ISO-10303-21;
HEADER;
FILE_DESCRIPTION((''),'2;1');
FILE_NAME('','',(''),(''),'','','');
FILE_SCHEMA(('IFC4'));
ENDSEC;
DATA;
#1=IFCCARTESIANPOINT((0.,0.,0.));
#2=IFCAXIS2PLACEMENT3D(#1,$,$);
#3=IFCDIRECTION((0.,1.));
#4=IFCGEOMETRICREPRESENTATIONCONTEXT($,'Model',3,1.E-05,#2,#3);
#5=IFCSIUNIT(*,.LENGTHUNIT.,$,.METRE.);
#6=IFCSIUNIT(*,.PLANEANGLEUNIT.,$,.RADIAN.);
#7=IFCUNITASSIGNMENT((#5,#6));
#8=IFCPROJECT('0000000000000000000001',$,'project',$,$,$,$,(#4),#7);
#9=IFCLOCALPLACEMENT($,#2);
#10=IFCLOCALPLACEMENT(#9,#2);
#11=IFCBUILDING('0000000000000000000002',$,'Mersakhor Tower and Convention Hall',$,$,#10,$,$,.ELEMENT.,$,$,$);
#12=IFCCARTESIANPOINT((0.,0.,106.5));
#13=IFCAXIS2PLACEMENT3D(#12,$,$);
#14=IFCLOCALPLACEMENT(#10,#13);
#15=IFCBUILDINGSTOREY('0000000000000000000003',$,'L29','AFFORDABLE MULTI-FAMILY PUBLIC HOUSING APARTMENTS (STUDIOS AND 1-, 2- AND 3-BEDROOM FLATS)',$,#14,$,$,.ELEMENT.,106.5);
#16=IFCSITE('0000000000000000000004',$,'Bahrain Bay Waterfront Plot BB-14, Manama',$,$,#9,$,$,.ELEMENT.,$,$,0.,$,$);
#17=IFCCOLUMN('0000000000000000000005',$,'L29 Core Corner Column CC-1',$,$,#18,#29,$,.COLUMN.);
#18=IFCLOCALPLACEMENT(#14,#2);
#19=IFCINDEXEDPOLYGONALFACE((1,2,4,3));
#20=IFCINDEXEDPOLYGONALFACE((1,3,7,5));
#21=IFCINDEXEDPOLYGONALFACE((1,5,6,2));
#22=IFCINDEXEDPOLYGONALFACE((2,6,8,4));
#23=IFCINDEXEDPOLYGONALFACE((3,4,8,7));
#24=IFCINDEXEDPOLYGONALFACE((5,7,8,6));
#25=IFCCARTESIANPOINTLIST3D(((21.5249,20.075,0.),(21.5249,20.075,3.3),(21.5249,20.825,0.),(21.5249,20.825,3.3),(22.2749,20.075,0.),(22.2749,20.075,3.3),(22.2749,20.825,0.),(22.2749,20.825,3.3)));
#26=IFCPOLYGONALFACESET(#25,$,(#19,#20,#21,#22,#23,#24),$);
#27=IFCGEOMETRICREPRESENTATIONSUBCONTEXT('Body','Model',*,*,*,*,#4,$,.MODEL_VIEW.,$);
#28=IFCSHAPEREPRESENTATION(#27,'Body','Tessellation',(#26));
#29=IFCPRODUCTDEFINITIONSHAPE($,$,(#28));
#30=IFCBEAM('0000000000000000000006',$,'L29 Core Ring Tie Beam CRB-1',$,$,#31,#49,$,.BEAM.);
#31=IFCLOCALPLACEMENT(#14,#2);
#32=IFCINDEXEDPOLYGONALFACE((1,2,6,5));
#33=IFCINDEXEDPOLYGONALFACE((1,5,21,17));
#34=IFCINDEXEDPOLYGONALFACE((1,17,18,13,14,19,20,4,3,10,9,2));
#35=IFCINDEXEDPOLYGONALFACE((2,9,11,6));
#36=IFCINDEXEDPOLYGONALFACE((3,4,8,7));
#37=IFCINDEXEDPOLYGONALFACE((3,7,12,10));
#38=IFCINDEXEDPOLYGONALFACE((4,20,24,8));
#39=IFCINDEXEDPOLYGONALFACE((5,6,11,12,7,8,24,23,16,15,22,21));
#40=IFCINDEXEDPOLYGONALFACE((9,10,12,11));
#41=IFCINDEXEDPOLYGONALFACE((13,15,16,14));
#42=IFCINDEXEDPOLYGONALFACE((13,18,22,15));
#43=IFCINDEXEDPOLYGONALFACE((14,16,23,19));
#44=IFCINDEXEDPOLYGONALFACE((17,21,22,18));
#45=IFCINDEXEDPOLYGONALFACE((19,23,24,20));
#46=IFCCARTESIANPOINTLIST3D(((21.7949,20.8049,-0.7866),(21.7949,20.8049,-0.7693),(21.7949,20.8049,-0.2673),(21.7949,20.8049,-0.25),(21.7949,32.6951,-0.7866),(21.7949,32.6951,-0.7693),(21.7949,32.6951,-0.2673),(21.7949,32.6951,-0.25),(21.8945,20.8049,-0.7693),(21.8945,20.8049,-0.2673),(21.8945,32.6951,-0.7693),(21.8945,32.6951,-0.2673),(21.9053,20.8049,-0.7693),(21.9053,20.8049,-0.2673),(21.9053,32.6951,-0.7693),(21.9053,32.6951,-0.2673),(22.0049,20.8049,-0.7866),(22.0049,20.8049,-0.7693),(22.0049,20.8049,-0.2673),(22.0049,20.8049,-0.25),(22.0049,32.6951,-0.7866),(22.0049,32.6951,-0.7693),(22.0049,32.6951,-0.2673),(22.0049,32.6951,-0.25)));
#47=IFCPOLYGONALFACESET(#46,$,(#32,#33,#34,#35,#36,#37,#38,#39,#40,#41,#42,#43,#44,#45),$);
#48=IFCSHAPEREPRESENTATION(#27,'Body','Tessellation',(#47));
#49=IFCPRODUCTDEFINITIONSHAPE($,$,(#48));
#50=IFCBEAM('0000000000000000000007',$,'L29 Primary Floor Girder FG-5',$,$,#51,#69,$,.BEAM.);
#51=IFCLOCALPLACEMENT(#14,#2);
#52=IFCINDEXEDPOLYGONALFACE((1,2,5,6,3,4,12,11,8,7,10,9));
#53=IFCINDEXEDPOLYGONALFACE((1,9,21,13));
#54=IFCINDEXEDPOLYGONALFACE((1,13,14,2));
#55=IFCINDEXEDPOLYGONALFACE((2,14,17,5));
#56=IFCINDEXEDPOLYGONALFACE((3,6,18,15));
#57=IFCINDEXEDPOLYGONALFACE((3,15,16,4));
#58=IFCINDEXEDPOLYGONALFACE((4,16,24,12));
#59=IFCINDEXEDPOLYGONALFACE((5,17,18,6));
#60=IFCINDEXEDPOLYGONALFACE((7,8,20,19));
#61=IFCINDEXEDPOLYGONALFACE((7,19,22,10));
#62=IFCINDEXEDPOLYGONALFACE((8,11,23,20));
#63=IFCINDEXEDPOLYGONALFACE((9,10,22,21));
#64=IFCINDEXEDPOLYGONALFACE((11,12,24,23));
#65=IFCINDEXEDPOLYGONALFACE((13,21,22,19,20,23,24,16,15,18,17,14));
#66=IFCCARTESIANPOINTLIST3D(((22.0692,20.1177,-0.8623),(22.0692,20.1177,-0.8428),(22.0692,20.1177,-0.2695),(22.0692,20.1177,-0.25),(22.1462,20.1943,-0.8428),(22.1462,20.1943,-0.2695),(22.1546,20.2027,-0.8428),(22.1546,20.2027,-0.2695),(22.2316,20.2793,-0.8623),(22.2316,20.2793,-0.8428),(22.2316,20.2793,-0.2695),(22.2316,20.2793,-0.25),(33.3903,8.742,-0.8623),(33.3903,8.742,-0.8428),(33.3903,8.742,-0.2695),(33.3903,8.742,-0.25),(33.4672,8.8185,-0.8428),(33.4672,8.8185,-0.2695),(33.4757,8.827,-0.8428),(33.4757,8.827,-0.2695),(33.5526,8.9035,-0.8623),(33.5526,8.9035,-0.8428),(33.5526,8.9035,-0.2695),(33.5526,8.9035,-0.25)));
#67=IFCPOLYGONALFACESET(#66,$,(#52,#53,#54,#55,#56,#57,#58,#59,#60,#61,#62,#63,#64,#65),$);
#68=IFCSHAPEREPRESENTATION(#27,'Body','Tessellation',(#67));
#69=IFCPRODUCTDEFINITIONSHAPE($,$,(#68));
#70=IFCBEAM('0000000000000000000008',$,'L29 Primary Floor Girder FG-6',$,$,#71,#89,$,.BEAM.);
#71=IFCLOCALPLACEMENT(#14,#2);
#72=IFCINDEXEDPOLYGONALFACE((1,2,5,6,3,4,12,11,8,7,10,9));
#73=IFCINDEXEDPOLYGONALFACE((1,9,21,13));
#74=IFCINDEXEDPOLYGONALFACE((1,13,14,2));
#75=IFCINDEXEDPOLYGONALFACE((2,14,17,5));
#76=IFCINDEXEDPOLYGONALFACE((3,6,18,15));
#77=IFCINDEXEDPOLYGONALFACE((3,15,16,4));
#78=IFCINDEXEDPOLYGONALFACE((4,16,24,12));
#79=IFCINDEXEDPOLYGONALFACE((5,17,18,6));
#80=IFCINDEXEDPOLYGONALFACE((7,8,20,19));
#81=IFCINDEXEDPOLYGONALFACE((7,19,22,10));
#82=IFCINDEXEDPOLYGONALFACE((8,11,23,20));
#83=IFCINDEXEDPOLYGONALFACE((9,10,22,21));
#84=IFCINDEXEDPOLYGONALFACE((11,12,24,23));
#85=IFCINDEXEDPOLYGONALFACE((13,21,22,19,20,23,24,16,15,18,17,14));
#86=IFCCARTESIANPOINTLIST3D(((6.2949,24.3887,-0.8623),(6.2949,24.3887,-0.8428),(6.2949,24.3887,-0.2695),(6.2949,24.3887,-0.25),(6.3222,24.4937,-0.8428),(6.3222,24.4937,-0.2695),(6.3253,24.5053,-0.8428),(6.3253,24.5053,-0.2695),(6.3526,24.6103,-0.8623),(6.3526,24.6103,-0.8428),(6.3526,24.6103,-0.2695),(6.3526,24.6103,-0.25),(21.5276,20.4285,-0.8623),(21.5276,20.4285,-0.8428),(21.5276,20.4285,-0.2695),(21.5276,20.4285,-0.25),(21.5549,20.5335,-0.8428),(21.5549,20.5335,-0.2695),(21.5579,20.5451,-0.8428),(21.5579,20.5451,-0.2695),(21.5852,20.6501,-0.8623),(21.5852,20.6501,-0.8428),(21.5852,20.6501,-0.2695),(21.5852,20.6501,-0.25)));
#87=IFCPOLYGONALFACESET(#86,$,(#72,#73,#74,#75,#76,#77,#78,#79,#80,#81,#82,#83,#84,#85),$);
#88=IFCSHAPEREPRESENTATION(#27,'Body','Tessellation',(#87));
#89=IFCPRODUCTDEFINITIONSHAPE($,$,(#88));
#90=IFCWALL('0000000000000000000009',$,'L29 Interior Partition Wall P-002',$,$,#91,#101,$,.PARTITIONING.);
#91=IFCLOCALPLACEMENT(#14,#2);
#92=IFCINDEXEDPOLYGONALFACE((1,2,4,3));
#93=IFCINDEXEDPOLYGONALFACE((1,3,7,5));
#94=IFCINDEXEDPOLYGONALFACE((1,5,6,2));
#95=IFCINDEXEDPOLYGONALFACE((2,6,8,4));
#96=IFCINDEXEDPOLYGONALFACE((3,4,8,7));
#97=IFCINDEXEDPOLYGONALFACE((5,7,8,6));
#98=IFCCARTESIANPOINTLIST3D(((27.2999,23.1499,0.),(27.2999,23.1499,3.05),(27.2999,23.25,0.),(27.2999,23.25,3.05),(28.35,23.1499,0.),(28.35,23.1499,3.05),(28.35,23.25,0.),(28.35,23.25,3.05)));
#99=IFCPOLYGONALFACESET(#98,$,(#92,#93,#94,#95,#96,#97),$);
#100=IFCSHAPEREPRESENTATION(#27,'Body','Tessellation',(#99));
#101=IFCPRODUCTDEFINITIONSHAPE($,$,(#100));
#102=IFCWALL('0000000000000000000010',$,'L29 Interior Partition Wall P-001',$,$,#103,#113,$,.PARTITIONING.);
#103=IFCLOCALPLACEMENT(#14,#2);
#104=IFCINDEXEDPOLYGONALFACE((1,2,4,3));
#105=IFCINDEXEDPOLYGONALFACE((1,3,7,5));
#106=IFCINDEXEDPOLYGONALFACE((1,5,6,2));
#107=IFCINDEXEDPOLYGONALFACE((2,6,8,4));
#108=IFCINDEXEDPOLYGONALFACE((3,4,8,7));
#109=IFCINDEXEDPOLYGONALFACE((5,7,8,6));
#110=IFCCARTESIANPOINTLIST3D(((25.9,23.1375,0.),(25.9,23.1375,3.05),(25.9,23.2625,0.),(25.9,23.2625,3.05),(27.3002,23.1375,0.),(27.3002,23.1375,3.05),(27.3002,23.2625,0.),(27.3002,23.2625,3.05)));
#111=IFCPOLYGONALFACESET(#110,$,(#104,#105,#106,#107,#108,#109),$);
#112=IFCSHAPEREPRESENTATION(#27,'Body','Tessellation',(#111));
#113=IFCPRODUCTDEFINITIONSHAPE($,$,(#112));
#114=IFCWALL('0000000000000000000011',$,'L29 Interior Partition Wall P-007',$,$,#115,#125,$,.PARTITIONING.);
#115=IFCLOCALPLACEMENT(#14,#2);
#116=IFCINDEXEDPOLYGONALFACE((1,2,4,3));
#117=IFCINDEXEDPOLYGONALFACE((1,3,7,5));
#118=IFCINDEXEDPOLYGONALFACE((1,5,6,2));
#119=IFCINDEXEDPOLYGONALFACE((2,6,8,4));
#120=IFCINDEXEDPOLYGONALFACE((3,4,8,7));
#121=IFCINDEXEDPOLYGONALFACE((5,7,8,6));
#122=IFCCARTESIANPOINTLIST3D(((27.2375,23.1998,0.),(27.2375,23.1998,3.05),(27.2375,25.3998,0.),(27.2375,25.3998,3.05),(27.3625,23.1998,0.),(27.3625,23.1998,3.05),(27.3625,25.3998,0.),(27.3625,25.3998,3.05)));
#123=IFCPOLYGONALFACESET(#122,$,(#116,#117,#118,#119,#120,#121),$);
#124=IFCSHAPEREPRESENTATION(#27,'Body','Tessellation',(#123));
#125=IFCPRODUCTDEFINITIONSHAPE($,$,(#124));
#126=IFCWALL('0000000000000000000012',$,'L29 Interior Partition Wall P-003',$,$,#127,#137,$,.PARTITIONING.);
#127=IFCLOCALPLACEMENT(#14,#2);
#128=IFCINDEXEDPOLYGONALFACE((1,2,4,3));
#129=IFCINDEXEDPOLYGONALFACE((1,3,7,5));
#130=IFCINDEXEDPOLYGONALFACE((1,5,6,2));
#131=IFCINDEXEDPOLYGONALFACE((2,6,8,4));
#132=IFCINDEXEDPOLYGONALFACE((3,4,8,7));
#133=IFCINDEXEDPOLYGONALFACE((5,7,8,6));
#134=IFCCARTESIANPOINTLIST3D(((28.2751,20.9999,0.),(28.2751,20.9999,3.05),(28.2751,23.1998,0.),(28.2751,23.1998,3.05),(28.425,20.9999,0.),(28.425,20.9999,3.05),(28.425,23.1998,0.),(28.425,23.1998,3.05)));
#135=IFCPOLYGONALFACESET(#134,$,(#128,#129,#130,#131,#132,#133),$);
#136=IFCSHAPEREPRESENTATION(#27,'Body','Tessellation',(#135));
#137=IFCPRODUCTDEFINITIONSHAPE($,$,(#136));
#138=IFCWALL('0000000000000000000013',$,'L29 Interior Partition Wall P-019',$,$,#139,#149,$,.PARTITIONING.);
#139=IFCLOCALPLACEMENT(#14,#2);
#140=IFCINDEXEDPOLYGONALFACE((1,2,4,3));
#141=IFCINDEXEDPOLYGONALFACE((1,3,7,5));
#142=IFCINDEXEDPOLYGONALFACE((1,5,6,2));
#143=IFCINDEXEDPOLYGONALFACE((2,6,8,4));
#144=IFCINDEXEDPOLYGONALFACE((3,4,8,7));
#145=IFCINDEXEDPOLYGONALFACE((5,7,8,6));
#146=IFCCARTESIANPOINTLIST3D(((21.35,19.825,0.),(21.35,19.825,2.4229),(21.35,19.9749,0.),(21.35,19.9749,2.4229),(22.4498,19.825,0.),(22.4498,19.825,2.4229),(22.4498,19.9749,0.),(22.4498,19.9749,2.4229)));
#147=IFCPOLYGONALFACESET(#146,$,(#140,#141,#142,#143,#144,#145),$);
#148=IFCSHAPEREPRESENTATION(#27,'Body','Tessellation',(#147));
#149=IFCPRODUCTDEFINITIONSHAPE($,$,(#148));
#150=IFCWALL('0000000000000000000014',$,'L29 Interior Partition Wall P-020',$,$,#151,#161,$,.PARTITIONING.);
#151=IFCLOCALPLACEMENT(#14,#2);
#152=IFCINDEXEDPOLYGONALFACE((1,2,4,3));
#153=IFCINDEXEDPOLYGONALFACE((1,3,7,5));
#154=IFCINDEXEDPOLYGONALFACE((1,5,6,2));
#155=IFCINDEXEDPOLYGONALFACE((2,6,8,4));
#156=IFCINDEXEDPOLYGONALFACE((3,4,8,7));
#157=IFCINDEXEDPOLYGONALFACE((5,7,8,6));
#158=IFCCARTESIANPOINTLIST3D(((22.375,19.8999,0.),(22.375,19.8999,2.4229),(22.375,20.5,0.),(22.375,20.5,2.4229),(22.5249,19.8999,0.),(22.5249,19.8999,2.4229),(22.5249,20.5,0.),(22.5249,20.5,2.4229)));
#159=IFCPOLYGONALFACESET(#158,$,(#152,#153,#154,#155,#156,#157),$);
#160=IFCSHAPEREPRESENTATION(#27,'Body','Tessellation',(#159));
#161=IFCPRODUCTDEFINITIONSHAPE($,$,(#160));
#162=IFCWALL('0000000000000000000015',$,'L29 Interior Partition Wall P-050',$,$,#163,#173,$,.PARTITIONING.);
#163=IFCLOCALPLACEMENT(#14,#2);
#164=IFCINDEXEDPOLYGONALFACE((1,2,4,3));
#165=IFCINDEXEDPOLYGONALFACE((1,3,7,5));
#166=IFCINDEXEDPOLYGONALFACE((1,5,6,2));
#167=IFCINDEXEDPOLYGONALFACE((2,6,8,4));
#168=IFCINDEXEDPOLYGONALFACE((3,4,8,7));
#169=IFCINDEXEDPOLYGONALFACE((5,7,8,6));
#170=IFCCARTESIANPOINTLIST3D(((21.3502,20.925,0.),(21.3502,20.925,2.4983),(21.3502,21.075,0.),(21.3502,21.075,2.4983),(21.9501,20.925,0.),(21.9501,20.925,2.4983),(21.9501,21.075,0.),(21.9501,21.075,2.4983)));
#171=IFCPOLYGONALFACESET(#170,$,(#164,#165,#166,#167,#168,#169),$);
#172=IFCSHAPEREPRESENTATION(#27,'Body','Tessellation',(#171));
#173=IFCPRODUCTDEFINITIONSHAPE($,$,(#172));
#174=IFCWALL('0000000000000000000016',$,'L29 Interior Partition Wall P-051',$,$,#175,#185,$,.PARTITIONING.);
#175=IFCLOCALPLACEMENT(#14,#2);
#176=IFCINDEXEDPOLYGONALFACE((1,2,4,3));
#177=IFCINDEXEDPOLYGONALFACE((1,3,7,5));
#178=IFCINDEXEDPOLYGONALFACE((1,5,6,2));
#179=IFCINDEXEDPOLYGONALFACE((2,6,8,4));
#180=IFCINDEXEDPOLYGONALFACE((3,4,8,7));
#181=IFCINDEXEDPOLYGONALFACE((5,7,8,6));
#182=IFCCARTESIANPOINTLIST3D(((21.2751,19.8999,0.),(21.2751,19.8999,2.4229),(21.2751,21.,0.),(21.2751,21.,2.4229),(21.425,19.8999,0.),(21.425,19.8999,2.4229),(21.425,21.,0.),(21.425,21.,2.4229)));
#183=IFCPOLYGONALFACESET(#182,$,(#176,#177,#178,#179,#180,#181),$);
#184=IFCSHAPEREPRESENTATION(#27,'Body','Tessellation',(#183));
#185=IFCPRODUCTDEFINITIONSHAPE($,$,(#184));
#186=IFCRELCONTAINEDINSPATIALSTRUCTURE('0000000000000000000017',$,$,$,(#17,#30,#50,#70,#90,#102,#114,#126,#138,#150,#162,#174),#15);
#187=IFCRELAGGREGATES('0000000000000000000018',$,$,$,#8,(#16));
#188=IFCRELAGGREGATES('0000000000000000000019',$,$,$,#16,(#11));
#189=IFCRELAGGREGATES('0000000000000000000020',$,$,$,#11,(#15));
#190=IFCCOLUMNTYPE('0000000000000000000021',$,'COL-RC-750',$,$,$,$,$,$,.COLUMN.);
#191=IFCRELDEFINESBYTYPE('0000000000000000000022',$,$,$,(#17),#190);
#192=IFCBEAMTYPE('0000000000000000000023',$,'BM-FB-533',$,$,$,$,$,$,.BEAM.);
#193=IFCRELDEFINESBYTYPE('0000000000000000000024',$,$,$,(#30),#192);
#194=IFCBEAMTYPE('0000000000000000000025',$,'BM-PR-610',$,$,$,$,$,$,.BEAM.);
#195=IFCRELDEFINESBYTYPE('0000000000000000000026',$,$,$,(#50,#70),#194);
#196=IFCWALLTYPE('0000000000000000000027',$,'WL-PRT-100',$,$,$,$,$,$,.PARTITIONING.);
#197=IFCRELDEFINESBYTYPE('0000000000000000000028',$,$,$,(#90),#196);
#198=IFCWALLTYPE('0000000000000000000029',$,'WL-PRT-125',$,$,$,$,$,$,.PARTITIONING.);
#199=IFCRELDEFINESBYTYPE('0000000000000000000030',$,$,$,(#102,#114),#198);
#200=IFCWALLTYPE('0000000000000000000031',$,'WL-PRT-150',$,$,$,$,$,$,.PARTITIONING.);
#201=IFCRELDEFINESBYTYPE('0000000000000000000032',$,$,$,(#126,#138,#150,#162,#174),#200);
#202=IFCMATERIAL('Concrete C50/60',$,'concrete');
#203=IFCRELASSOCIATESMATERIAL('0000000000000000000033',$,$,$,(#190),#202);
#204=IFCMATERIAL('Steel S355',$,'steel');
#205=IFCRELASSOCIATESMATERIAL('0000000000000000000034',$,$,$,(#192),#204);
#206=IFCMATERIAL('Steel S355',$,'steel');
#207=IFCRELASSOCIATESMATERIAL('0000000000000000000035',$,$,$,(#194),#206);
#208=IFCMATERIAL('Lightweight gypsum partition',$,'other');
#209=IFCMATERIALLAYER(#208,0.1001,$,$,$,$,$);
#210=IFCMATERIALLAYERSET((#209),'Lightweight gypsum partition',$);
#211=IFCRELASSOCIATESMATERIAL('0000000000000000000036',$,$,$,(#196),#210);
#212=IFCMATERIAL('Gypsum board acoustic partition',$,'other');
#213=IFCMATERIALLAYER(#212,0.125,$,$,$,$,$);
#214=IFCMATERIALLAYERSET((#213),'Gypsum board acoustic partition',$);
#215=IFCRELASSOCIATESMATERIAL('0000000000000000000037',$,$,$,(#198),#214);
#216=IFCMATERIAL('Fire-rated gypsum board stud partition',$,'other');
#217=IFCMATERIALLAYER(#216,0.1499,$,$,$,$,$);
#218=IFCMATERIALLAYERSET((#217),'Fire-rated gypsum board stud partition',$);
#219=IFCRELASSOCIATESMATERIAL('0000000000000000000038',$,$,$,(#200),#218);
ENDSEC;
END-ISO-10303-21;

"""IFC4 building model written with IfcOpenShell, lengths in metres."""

from ifc_helpers import new_model, si_unit, direction, frame, frame_2d, origin, origin_2d, place, context, subcontext, project, spatial, rectangle, i_section, extrude, material, layer, layer_set, material_profile, profile_set, type_object, element, save


model = new_model("IFC4")

# Units and contexts
model_context = context("Model", 3, precision=1e-05, world=origin(), true_north=direction((0.0, 1.0)))
body_context = subcontext(model_context, "Body", "Model", "MODEL_VIEW")
ifc_project = project(units=[si_unit("LENGTHUNIT", "METRE"), si_unit("PLANEANGLEUNIT", "RADIAN")], contexts=[model_context])

# Site, building, storey
site_placement = place(None, origin())
site = spatial("IfcSite", under=ifc_project, at=site_placement, Name="Bahrain Bay Waterfront Plot BB-14, Manama", CompositionType="ELEMENT", RefElevation=0.0)
building_placement = place(site_placement, origin())
building = spatial("IfcBuilding", under=site, at=building_placement, Name="Mersakhor Tower and Convention Hall", CompositionType="ELEMENT")
storey_placement = place(building_placement, frame((0.0, 0.0, 106.5)))
storey = spatial("IfcBuildingStorey", under=building, at=storey_placement, Name="L29", Description="AFFORDABLE MULTI-FAMILY PUBLIC HOUSING APARTMENTS (STUDIOS AND 1-, 2- AND 3-BEDROOM FLATS)", CompositionType="ELEMENT", Elevation=106.5)

# Column
ifc_material_1 = material(Name="Concrete C50/60", Category="concrete")
ifc_material_profile_1 = material_profile(ifc_material_1, rectangle(XDim=0.75, YDim=0.75, at=origin_2d()), Name="RC 750x750")
ifc_profile_set_1 = profile_set([ifc_material_profile_1], Name="Concrete C50/60")
column_type = type_object("IfcColumnType", Name="COL-RC-750", PredefinedType="COLUMN", material=ifc_profile_set_1)
column_placement = place(storey_placement, frame((21.8999, 20.45, 0.0), z_axis=(0.0, 0.0, 1.0), x_axis=(1.0, 0.0, 0.0)))
element("IfcColumn", 1, at=column_placement, inside=storey, type_object=column_type, Name="L29 Core Corner Column CC-1", PredefinedType="COLUMN", context=body_context, shape_type="SweptSolid", body=[
    extrude(rectangle(XDim=0.75, YDim=0.75, at=origin_2d()), origin(), (0.0, 0.0, 1.0), 3.3),
])

# Beams
ifc_material_2 = material(Name="Steel S355", Category="steel")
ifc_material_profile_2 = material_profile(ifc_material_2, i_section(OverallWidth=0.21, OverallDepth=0.5366, WebThickness=0.0107, FlangeThickness=0.0173, at=origin_2d()), Name="UB 533x210x101")
ifc_profile_set_2 = profile_set([ifc_material_profile_2], Name="Steel S355")
beam_type_1 = type_object("IfcBeamType", Name="BM-FB-533", PredefinedType="BEAM", material=ifc_profile_set_2)
beam_1_placement = place(storey_placement, frame((21.8999, 20.8049, -0.5183), z_axis=(0.0, 1.0, 0.0), x_axis=(-1.0, 0.0, 0.0)))
element("IfcBeam", 2, at=beam_1_placement, inside=storey, type_object=beam_type_1, Name="L29 Core Ring Tie Beam CRB-1", PredefinedType="BEAM", context=body_context, shape_type="SweptSolid", body=[
    extrude(i_section(OverallWidth=0.21, OverallDepth=0.5366, WebThickness=0.0107, FlangeThickness=0.0173, at=origin_2d()), origin(), (0.0, 0.0, 1.0), 11.8901),
])
ifc_material_3 = material(Name="Steel S355", Category="steel")
ifc_material_profile_3 = material_profile(ifc_material_3, i_section(OverallWidth=0.229, OverallDepth=0.6123, WebThickness=0.012, FlangeThickness=0.0195, at=origin_2d()), Name="UB 610x229x125")
ifc_profile_set_3 = profile_set([ifc_material_profile_3], Name="Steel S355")
beam_type_2 = type_object("IfcBeamType", Name="BM-PR-610", PredefinedType="BEAM", material=ifc_profile_set_3)
beam_2_placement = place(storey_placement, frame((22.1504, 20.1985, -0.5562), z_axis=(0.705401, -0.708808, 0.0), x_axis=(0.708808, 0.705401, 0.0)))
element("IfcBeam", 3, at=beam_2_placement, inside=storey, type_object=beam_type_2, Name="L29 Primary Floor Girder FG-5", PredefinedType="BEAM", context=body_context, shape_type="SweptSolid", body=[
    extrude(i_section(OverallWidth=0.229, OverallDepth=0.6123, WebThickness=0.012, FlangeThickness=0.0195, at=origin_2d()), origin(), (0.0, 0.0, 1.0), 16.0491),
])
beam_3_placement = place(storey_placement, frame((21.5564, 20.5393, -0.5562), z_axis=(-0.967827, 0.251617, 0.0), x_axis=(-0.251617, -0.967827, 0.0)))
element("IfcBeam", 4, at=beam_3_placement, inside=storey, type_object=beam_type_2, Name="L29 Primary Floor Girder FG-6", PredefinedType="BEAM", context=body_context, shape_type="SweptSolid", body=[
    extrude(i_section(OverallWidth=0.229, OverallDepth=0.6123, WebThickness=0.012, FlangeThickness=0.0195, at=origin_2d()), origin(), (0.0, 0.0, 1.0), 15.739),
])

# Walls
ifc_material_4 = material(Name="Lightweight gypsum partition", Category="other")
ifc_layer_1 = layer(ifc_material_4, 0.1001)
ifc_layer_set_1 = layer_set([ifc_layer_1], Name="Lightweight gypsum partition")
wall_type_1 = type_object("IfcWallType", Name="WL-PRT-100", PredefinedType="PARTITIONING", material=ifc_layer_set_1)
wall_1_placement = place(storey_placement, frame((27.3, 23.2, 0.0), z_axis=(0.0, 0.0, 1.0), x_axis=(1.0, 0.0, 0.0)))
element("IfcWall", 5, at=wall_1_placement, inside=storey, type_object=wall_type_1, Name="L29 Interior Partition Wall P-002", PredefinedType="PARTITIONING", context=body_context, shape_type="SweptSolid", body=[
    extrude(rectangle(XDim=1.05, YDim=0.1001, at=frame_2d((0.5249, 0.0))), origin(), (0.0, 0.0, 1.0), 3.05),
])
ifc_material_5 = material(Name="Gypsum board acoustic partition", Category="other")
ifc_layer_2 = layer(ifc_material_5, 0.125)
ifc_layer_set_2 = layer_set([ifc_layer_2], Name="Gypsum board acoustic partition")
wall_type_2 = type_object("IfcWallType", Name="WL-PRT-125", PredefinedType="PARTITIONING", material=ifc_layer_set_2)
wall_2_placement = place(storey_placement, frame((25.8999, 23.2, 0.0), z_axis=(0.0, 0.0, 1.0), x_axis=(1.0, 0.0, 0.0)))
element("IfcWall", 6, at=wall_2_placement, inside=storey, type_object=wall_type_2, Name="L29 Interior Partition Wall P-001", PredefinedType="PARTITIONING", context=body_context, shape_type="SweptSolid", body=[
    extrude(rectangle(XDim=1.4001, YDim=0.125, at=frame_2d((0.7002, 0.0))), origin(), (0.0, 0.0, 1.0), 3.05),
])
wall_3_placement = place(storey_placement, frame((27.3, 25.3999, 0.0), z_axis=(0.0, 0.0, 1.0), x_axis=(0.0, -1.0, 0.0)))
element("IfcWall", 7, at=wall_3_placement, inside=storey, type_object=wall_type_2, Name="L29 Interior Partition Wall P-007", PredefinedType="PARTITIONING", context=body_context, shape_type="SweptSolid", body=[
    extrude(rectangle(XDim=2.2, YDim=0.125, at=frame_2d((1.1001, 0.0))), origin(), (0.0, 0.0, 1.0), 3.05),
])
ifc_material_6 = material(Name="Fire-rated gypsum board stud partition", Category="other")
ifc_layer_3 = layer(ifc_material_6, 0.1499)
ifc_layer_set_3 = layer_set([ifc_layer_3], Name="Fire-rated gypsum board stud partition")
wall_type_3 = type_object("IfcWallType", Name="WL-PRT-150", PredefinedType="PARTITIONING", material=ifc_layer_set_3)
wall_4_placement = place(storey_placement, frame((28.3501, 23.2, 0.0), z_axis=(0.0, 0.0, 1.0), x_axis=(0.0, -1.0, 0.0)))
element("IfcWall", 8, at=wall_4_placement, inside=storey, type_object=wall_type_3, Name="L29 Interior Partition Wall P-003", PredefinedType="PARTITIONING", context=body_context, shape_type="SweptSolid", body=[
    extrude(rectangle(XDim=2.2, YDim=0.1499, at=frame_2d((1.1001, 0.0))), origin(), (0.0, 0.0, 1.0), 3.05),
])
wall_5_placement = place(storey_placement, frame((21.3501, 19.8999, 0.0), z_axis=(0.0, 0.0, 1.0), x_axis=(1.0, 0.0, 0.0)))
element("IfcWall", 9, at=wall_5_placement, inside=storey, type_object=wall_type_3, Name="L29 Interior Partition Wall P-019", PredefinedType="PARTITIONING", context=body_context, shape_type="SweptSolid", body=[
    extrude(rectangle(XDim=1.0999, YDim=0.1499, at=frame_2d((0.5498, 0.0))), origin(), (0.0, 0.0, 1.0), 2.4229),
])
wall_6_placement = place(storey_placement, frame((22.45, 19.8999, 0.0), z_axis=(0.0, 0.0, 1.0), x_axis=(0.0, 1.0, 0.0)))
element("IfcWall", 10, at=wall_6_placement, inside=storey, type_object=wall_type_3, Name="L29 Interior Partition Wall P-020", PredefinedType="PARTITIONING", context=body_context, shape_type="SweptSolid", body=[
    extrude(rectangle(XDim=0.6001, YDim=0.1499, at=frame_2d((0.3, 0.0))), origin(), (0.0, 0.0, 1.0), 2.4229),
])
wall_7_placement = place(storey_placement, frame((21.95, 21.0, 0.0), z_axis=(0.0, 0.0, 1.0), x_axis=(-1.0, 0.0, 0.0)))
element("IfcWall", 11, at=wall_7_placement, inside=storey, type_object=wall_type_3, Name="L29 Interior Partition Wall P-050", PredefinedType="PARTITIONING", context=body_context, shape_type="SweptSolid", body=[
    extrude(rectangle(XDim=0.5999, YDim=0.1499, at=frame_2d((0.2998, 0.0))), origin(), (0.0, 0.0, 1.0), 2.4983),
])
wall_8_placement = place(storey_placement, frame((21.3501, 21.0, 0.0), z_axis=(0.0, 0.0, 1.0), x_axis=(0.0, -1.0, 0.0)))
element("IfcWall", 12, at=wall_8_placement, inside=storey, type_object=wall_type_3, Name="L29 Interior Partition Wall P-051", PredefinedType="PARTITIONING", context=body_context, shape_type="SweptSolid", body=[
    extrude(rectangle(XDim=1.1001, YDim=0.1499, at=frame_2d((0.55, 0.0))), origin(), (0.0, 0.0, 1.0), 2.4229),
])

save(model, "model.ifc")
